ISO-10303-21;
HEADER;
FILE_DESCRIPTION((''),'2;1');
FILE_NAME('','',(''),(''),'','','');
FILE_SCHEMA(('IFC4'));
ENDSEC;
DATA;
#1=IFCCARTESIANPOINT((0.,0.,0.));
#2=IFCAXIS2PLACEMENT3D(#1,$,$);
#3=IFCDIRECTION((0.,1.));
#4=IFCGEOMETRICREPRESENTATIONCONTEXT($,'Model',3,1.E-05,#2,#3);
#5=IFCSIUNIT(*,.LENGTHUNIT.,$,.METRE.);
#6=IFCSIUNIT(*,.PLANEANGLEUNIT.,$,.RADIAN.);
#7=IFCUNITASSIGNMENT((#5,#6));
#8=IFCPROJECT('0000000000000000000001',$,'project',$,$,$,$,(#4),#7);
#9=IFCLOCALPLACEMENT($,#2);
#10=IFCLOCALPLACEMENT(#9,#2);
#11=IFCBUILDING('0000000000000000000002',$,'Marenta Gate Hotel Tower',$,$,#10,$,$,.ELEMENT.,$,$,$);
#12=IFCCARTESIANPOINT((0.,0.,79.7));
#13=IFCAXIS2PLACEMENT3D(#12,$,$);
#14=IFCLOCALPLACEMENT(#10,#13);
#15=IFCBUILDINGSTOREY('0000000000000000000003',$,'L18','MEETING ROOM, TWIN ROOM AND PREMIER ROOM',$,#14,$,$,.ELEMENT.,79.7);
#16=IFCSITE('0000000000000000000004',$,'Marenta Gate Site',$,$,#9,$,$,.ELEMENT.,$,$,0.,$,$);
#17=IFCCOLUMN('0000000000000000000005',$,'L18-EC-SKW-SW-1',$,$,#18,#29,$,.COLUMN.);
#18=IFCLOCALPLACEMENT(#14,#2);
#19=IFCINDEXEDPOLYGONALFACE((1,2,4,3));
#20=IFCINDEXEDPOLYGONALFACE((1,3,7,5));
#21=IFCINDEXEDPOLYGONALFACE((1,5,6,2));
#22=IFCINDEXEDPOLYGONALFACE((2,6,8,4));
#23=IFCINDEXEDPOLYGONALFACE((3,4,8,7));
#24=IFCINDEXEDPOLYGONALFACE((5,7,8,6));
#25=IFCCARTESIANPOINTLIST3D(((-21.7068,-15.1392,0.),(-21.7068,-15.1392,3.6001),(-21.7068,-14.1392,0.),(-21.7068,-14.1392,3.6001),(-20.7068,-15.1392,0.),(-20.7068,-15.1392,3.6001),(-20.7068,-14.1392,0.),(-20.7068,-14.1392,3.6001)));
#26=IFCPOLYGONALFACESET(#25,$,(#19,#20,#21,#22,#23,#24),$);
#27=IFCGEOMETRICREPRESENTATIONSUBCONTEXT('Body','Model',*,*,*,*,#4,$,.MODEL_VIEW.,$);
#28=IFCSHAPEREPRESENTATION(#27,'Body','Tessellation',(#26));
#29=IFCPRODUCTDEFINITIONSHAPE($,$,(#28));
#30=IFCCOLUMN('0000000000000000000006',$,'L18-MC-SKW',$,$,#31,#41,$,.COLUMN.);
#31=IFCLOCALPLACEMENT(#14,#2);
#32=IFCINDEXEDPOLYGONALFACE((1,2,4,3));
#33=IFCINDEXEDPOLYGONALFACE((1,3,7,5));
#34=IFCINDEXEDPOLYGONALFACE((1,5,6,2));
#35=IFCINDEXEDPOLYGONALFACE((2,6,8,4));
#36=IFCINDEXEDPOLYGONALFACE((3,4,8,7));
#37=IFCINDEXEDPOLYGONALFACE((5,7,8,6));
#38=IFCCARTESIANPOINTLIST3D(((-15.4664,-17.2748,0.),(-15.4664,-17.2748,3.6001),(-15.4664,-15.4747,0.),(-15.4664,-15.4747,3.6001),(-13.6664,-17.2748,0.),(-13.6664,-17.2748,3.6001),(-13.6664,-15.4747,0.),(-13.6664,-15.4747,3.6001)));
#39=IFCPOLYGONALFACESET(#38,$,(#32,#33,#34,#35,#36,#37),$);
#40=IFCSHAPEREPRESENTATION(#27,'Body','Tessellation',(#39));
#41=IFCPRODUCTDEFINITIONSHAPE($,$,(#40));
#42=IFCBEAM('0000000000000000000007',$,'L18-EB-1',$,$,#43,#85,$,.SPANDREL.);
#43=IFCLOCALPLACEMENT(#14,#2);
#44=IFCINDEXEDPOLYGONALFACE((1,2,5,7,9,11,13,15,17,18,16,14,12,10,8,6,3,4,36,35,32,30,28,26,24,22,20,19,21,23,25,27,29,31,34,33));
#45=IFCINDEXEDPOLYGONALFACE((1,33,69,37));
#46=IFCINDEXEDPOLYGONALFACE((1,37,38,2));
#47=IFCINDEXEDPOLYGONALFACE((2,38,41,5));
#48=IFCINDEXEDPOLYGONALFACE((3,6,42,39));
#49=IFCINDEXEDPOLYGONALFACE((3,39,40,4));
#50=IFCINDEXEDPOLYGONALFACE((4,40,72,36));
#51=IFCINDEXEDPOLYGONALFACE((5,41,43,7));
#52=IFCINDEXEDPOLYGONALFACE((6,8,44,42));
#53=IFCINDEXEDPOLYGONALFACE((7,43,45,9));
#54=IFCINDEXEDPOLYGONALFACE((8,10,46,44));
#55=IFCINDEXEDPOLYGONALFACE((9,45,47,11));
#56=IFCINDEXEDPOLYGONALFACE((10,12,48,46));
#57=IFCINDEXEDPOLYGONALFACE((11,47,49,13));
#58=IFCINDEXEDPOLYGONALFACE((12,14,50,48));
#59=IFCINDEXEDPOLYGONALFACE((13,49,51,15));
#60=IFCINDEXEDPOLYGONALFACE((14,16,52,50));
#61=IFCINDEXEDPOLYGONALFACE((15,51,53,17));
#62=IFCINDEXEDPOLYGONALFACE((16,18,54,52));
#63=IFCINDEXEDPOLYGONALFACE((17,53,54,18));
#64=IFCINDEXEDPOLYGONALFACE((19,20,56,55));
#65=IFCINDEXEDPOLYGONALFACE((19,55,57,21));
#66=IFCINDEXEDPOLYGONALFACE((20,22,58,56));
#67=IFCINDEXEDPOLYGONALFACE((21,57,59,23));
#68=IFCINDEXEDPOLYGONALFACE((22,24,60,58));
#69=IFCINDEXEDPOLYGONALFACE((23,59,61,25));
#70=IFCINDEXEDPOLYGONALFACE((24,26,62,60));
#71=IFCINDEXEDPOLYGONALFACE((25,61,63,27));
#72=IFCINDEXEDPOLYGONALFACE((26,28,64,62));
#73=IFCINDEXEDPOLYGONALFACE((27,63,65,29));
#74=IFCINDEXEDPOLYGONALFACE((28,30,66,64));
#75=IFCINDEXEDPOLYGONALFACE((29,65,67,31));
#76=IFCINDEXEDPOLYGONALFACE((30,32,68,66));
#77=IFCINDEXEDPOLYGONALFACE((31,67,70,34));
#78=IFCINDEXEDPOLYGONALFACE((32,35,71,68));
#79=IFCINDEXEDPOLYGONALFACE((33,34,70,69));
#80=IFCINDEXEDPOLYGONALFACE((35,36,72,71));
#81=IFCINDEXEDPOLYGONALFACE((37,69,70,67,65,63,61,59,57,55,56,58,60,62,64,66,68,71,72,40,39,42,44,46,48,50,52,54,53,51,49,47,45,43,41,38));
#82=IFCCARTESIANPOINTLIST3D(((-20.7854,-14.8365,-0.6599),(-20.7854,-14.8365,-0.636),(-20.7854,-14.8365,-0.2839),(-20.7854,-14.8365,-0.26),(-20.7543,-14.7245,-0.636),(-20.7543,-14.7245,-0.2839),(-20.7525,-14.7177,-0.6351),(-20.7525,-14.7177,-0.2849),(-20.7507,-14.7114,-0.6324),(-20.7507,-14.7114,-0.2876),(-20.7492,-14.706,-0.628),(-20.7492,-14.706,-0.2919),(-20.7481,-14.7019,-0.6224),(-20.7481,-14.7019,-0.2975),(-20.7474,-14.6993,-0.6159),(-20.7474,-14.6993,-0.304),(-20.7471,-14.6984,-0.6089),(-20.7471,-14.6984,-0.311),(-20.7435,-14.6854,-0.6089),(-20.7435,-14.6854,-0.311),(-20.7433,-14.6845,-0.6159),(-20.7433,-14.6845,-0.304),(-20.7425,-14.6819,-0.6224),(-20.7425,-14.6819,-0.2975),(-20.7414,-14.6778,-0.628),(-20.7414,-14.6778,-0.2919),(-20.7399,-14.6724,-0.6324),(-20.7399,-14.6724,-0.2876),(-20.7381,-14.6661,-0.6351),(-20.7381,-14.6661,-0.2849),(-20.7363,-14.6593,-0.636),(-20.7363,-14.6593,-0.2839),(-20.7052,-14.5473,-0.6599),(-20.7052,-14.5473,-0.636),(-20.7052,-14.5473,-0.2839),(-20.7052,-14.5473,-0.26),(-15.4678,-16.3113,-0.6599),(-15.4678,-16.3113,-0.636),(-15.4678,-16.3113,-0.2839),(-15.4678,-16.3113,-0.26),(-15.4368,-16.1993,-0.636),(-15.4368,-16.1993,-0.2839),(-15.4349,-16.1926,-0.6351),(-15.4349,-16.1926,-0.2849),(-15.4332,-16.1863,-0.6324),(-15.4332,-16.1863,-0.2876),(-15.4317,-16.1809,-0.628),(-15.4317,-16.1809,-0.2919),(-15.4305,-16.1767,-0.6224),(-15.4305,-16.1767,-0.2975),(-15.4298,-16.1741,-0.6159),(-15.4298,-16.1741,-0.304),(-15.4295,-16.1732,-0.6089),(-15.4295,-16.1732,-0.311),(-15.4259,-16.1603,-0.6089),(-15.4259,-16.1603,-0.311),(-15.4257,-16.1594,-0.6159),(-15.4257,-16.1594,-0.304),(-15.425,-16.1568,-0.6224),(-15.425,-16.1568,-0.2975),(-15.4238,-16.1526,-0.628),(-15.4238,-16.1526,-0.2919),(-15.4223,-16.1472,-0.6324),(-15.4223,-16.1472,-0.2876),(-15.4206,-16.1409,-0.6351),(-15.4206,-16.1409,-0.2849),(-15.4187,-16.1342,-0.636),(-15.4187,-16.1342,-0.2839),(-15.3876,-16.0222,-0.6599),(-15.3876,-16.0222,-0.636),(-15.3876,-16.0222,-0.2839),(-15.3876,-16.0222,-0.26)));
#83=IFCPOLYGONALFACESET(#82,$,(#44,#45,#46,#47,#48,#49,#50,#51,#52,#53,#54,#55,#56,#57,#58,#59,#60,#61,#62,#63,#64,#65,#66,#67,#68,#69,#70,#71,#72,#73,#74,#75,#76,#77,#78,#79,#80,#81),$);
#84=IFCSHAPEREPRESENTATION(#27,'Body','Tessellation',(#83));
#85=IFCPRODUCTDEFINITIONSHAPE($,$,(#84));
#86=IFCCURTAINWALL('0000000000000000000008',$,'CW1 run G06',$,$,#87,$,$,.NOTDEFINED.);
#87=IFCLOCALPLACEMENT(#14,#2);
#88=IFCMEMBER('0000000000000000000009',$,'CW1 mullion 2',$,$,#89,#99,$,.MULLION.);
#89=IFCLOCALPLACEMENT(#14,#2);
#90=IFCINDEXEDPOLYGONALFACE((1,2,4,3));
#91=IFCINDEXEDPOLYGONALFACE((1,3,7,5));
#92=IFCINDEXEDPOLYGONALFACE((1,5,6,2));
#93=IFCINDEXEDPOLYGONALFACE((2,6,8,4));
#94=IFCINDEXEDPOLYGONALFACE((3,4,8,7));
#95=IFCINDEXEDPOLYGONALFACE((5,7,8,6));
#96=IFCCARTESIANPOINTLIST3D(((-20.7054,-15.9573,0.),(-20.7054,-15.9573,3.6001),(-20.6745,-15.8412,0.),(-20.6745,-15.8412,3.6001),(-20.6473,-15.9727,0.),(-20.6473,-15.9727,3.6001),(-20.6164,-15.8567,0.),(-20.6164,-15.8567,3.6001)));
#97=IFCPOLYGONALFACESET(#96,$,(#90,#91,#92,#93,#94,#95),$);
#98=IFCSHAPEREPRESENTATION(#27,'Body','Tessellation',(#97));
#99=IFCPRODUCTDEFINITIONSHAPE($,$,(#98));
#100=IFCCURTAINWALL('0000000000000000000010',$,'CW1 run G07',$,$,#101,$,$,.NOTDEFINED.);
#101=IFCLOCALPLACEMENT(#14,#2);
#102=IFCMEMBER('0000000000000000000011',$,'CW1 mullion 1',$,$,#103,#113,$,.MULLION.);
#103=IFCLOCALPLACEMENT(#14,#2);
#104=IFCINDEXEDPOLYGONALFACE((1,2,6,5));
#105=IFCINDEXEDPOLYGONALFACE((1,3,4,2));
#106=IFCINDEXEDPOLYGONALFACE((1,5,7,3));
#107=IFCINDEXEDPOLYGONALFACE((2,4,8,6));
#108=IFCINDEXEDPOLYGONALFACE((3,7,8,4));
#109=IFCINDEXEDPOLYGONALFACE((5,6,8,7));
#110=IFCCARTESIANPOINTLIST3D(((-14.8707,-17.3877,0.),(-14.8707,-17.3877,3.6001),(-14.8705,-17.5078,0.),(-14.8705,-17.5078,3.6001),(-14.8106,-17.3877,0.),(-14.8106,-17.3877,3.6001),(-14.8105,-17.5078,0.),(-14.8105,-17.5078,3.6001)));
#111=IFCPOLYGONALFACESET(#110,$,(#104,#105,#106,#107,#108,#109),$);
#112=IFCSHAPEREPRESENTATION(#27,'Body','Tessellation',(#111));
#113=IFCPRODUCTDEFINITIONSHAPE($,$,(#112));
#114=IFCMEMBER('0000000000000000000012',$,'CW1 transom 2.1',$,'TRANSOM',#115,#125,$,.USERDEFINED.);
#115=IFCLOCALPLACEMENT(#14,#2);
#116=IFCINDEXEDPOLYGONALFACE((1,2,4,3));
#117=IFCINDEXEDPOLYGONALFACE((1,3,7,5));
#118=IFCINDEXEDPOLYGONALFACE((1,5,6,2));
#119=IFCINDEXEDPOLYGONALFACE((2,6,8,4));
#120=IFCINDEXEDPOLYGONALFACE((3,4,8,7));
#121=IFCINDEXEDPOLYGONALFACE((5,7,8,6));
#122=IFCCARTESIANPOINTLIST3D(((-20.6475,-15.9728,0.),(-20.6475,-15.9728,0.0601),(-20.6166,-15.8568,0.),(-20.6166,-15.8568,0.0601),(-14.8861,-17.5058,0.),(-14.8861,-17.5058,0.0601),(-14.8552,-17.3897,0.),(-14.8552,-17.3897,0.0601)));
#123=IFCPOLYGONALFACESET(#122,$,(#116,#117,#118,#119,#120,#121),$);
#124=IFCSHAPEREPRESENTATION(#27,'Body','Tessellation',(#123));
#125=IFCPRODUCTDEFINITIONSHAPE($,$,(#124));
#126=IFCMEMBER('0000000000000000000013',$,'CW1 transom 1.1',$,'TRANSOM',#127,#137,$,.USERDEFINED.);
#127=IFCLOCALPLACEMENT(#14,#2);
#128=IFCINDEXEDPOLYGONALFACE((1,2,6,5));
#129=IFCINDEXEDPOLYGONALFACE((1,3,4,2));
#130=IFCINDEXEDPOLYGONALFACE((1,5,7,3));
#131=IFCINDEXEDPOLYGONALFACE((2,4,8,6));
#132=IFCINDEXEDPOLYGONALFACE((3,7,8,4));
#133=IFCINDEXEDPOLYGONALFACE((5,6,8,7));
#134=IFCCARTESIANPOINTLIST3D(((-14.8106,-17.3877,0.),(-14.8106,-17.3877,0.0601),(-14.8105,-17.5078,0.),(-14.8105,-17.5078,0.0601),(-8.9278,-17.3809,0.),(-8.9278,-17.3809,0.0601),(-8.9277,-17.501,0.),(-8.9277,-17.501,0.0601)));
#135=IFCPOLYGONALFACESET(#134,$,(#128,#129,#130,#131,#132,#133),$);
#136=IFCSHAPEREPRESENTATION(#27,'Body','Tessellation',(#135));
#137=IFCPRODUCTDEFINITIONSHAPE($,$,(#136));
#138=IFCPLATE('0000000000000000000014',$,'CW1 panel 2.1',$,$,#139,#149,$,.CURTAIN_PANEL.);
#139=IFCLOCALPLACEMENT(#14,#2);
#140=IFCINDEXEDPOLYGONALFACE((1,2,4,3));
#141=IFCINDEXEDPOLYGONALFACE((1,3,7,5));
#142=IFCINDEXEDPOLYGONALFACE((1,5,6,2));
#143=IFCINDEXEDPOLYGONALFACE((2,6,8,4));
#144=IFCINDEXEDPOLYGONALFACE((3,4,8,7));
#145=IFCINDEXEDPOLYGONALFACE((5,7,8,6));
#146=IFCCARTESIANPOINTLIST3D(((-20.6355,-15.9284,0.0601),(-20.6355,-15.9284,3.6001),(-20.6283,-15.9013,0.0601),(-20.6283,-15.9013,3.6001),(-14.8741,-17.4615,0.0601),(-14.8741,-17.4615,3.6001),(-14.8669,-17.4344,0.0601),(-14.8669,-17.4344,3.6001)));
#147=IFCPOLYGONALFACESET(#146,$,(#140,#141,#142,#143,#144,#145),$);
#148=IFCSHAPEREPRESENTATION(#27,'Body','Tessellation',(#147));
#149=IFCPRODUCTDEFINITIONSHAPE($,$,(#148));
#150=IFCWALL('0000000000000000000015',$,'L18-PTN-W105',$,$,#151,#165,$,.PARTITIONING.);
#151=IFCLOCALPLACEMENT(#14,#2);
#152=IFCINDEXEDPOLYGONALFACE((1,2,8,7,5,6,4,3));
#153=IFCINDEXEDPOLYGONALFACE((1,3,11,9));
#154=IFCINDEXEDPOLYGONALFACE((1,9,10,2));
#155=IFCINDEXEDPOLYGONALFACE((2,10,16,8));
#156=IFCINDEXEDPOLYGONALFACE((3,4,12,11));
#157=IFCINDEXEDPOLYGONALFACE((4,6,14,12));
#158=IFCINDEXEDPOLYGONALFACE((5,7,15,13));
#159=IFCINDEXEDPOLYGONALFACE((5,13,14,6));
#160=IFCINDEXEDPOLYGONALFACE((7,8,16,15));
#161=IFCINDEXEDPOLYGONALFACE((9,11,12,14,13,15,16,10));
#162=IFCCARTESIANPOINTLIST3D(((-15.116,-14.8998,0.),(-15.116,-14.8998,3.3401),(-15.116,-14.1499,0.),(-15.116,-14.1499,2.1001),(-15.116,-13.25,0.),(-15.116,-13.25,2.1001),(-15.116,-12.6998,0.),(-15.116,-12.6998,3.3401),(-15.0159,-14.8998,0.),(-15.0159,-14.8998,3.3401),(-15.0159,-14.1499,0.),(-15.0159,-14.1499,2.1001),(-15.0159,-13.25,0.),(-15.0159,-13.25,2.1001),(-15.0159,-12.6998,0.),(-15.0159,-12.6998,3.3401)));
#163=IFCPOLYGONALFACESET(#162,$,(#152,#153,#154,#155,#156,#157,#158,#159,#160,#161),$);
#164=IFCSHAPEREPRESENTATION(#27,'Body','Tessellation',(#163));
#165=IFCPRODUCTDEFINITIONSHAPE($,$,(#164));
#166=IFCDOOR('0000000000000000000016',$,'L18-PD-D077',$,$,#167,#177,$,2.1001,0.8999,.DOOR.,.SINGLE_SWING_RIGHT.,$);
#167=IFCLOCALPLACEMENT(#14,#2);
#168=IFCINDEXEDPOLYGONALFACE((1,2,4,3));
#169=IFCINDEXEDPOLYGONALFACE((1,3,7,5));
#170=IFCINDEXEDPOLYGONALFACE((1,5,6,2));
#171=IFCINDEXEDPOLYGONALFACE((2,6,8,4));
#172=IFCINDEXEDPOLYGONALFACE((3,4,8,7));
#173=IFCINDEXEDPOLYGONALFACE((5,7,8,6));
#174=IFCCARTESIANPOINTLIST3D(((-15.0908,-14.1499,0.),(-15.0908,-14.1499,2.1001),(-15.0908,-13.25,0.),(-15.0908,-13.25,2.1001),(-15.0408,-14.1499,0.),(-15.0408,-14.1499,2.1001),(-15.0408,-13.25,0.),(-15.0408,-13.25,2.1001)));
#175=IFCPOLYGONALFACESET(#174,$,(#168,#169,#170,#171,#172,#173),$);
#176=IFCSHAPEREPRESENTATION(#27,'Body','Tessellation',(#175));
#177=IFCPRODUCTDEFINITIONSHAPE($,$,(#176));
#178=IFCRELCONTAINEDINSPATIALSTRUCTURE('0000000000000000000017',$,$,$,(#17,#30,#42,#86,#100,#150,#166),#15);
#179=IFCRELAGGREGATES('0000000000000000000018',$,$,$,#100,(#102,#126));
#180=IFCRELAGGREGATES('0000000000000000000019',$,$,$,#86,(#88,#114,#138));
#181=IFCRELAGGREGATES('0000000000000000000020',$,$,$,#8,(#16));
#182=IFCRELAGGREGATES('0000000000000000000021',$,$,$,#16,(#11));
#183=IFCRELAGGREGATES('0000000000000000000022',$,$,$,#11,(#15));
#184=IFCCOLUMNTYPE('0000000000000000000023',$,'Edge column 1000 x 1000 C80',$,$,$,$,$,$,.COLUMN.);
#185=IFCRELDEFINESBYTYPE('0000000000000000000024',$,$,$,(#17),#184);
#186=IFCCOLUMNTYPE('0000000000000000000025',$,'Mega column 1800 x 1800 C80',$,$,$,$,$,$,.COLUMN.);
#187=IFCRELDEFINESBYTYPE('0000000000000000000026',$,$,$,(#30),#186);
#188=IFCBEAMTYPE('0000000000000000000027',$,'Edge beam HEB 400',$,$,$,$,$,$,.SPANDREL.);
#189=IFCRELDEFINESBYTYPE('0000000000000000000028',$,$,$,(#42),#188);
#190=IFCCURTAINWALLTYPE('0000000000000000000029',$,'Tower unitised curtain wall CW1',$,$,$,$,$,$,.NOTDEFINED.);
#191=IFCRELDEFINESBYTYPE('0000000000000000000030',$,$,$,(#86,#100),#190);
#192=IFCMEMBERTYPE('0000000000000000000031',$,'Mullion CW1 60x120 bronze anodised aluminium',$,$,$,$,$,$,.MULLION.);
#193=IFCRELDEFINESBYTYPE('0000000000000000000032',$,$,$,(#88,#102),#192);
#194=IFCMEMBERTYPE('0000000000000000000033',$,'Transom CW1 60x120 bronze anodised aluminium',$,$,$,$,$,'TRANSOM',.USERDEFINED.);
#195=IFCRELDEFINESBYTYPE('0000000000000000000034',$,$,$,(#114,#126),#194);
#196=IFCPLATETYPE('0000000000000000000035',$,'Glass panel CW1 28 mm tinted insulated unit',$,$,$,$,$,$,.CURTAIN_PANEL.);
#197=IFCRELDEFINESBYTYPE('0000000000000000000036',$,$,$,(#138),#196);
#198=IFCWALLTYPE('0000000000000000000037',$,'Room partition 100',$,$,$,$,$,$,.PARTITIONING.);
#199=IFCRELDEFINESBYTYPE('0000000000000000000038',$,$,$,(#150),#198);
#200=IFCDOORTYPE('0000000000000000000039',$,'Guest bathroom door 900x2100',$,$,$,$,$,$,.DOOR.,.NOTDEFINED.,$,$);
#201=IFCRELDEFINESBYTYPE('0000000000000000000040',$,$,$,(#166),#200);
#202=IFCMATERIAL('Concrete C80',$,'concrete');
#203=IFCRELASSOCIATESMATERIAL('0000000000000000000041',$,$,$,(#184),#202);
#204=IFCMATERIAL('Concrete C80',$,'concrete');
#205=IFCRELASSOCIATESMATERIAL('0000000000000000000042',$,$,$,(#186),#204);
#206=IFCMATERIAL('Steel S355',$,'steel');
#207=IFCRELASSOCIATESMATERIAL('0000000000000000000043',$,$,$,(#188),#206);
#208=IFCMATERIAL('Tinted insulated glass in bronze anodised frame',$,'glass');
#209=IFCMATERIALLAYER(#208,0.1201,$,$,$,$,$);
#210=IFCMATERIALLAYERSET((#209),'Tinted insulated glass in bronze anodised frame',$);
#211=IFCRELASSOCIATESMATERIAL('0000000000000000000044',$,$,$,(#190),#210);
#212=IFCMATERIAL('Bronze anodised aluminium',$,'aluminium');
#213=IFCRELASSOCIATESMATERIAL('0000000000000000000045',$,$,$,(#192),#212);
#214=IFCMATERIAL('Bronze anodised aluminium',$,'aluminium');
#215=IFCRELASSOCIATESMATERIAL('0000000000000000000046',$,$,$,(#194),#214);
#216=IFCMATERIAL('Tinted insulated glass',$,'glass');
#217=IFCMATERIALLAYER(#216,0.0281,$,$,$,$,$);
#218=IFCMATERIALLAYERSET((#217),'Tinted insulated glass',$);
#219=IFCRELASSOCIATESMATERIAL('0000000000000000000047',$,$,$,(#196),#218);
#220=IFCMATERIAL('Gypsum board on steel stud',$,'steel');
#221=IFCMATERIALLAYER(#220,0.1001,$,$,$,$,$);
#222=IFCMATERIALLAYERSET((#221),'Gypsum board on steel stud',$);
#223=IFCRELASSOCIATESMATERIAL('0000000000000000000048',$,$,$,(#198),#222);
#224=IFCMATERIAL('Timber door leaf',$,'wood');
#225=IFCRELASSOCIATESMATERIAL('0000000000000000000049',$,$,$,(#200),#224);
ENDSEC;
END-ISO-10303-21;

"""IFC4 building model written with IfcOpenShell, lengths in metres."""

from ifc_helpers import new_model, si_unit, direction, frame, frame_2d, origin, origin_2d, place, context, subcontext, project, spatial, rectangle, i_section, extrude, material, layer, layer_set, material_profile, profile_set, type_object, element, fill, aggregate, save


model = new_model("IFC4")

# Units and contexts
model_context = context("Model", 3, precision=1e-05, world=origin(), true_north=direction((0.0, 1.0)))
body_context = subcontext(model_context, "Body", "Model", "MODEL_VIEW")
ifc_project = project(units=[si_unit("LENGTHUNIT", "METRE"), si_unit("PLANEANGLEUNIT", "RADIAN")], contexts=[model_context])

# Site, building, storey
site_placement = place(None, origin())
site = spatial("IfcSite", under=ifc_project, at=site_placement, Name="Marenta Gate Site", CompositionType="ELEMENT", RefElevation=0.0)
building_placement = place(site_placement, origin())
building = spatial("IfcBuilding", under=site, at=building_placement, Name="Marenta Gate Hotel Tower", CompositionType="ELEMENT")
storey_placement = place(building_placement, frame((0.0, 0.0, 79.7)))
storey = spatial("IfcBuildingStorey", under=building, at=storey_placement, Name="L18", Description="MEETING ROOM, TWIN ROOM AND PREMIER ROOM", CompositionType="ELEMENT", Elevation=79.7)

# Columns
ifc_material_1 = material(Name="Concrete C80", Category="concrete")
ifc_material_profile_1 = material_profile(ifc_material_1, rectangle(XDim=1.0, YDim=1.0, at=origin_2d()), Name="1000 x 1000")
ifc_profile_set_1 = profile_set([ifc_material_profile_1], Name="Concrete C80")
column_type_1 = type_object("IfcColumnType", Name="Edge column 1000 x 1000 C80", PredefinedType="COLUMN", material=ifc_profile_set_1)
column_1_placement = place(storey_placement, frame((-21.2068, -14.6392, 0.0), z_axis=(0.0, 0.0, 1.0), x_axis=(1.0, 0.0, 0.0)))
element("IfcColumn", 1, at=column_1_placement, inside=storey, type_object=column_type_1, Name="L18-EC-SKW-SW-1", PredefinedType="COLUMN", context=body_context, shape_type="SweptSolid", body=[
    extrude(rectangle(XDim=1.0, YDim=1.0, at=origin_2d()), origin(), (0.0, 0.0, 1.0), 3.6001),
])
ifc_material_2 = material(Name="Concrete C80", Category="concrete")
ifc_material_profile_2 = material_profile(ifc_material_2, rectangle(XDim=1.8, YDim=1.8, at=origin_2d()), Name="1800 x 1800")
ifc_profile_set_2 = profile_set([ifc_material_profile_2], Name="Concrete C80")
column_type_2 = type_object("IfcColumnType", Name="Mega column 1800 x 1800 C80", PredefinedType="COLUMN", material=ifc_profile_set_2)
column_2_placement = place(storey_placement, frame((-14.5664, -16.3748, 0.0), z_axis=(0.0, 0.0, 1.0), x_axis=(1.0, 0.0, 0.0)))
element("IfcColumn", 2, at=column_2_placement, inside=storey, type_object=column_type_2, Name="L18-MC-SKW", PredefinedType="COLUMN", context=body_context, shape_type="SweptSolid", body=[
    extrude(rectangle(XDim=1.8, YDim=1.8, at=origin_2d()), origin(), (0.0, 0.0, 1.0), 3.6001),
])

# Beam
ifc_material_3 = material(Name="Steel S355", Category="steel")
ifc_material_profile_3 = material_profile(ifc_material_3, i_section(OverallWidth=0.3, OverallDepth=0.3999, WebThickness=0.0134, FlangeThickness=0.0239, FilletRadius=0.0271, at=origin_2d()), Name="HEB 400")
ifc_profile_set_3 = profile_set([ifc_material_profile_3], Name="Steel S355")
beam_type = type_object("IfcBeamType", Name="Edge beam HEB 400", PredefinedType="SPANDREL", material=ifc_profile_set_3)
beam_placement = place(storey_placement, frame((-15.4277, -16.1667, -0.46), z_axis=(-0.963624, 0.267263, 0.0), x_axis=(-0.267263, -0.963624, 0.0)))
element("IfcBeam", 3, at=beam_placement, inside=storey, type_object=beam_type, Name="L18-EB-1", PredefinedType="SPANDREL", context=body_context, shape_type="SweptSolid", body=[
    extrude(i_section(OverallWidth=0.3, OverallDepth=0.3999, WebThickness=0.0134, FlangeThickness=0.0239, FilletRadius=0.0271, at=origin_2d()), origin(), (0.0, 0.0, 1.0), 5.5183),
])

# Curtain walls, members
ifc_material_4 = material(Name="Tinted insulated glass in bronze anodised frame", Category="glass")
ifc_layer_1 = layer(ifc_material_4, 0.1201)
ifc_layer_set_1 = layer_set([ifc_layer_1], Name="Tinted insulated glass in bronze anodised frame")
curtain_wall_type = type_object("IfcCurtainWallType", Name="Tower unitised curtain wall CW1", PredefinedType="NOTDEFINED", material=ifc_layer_set_1)
curtain_wall_1_placement = place(storey_placement, origin())
curtain_wall_1 = element("IfcCurtainWall", 4, at=curtain_wall_1_placement, inside=storey, type_object=curtain_wall_type, Name="CW1 run G06", PredefinedType="NOTDEFINED")
ifc_material_5 = material(Name="Bronze anodised aluminium", Category="aluminium")
ifc_material_profile_4 = material_profile(ifc_material_5, rectangle(XDim=0.1201, YDim=0.0601, at=origin_2d()), Name="Mullion CW1 60x120 bronze anodised aluminium")
ifc_profile_set_4 = profile_set([ifc_material_profile_4], Name="Bronze anodised aluminium")
member_type_1 = type_object("IfcMemberType", Name="Mullion CW1 60x120 bronze anodised aluminium", PredefinedType="MULLION", material=ifc_profile_set_4)
member_1_placement = place(storey_placement, frame((-20.6609, -15.907, 0.0), z_axis=(0.0, 0.0, 1.0), x_axis=(0.257142, 0.966374, 0.0)))
member_1 = element("IfcMember", 5, at=member_1_placement, type_object=member_type_1, Name="CW1 mullion 2", PredefinedType="MULLION", context=body_context, shape_type="SweptSolid", body=[
    extrude(rectangle(XDim=0.1201, YDim=0.0601, at=origin_2d()), origin(), (0.0, 0.0, 1.0), 3.6001),
])
curtain_wall_2_placement = place(storey_placement, origin())
curtain_wall_2 = element("IfcCurtainWall", 6, at=curtain_wall_2_placement, inside=storey, type_object=curtain_wall_type, Name="CW1 run G07", PredefinedType="NOTDEFINED")
member_2_placement = place(storey_placement, frame((-14.8406, -17.4478, 0.0), z_axis=(0.0, 0.0, 1.0), x_axis=(-0.001162, 0.999999, 0.0)))
member_2 = element("IfcMember", 7, at=member_2_placement, type_object=member_type_1, Name="CW1 mullion 1", PredefinedType="MULLION", context=body_context, shape_type="SweptSolid", body=[
    extrude(rectangle(XDim=0.1201, YDim=0.0601, at=origin_2d()), origin(), (0.0, 0.0, 1.0), 3.6001),
])

# Members
ifc_material_6 = material(Name="Bronze anodised aluminium", Category="aluminium")
ifc_material_profile_5 = material_profile(ifc_material_6, rectangle(XDim=0.1201, YDim=0.0601, at=origin_2d()), Name="Transom CW1 60x120 bronze anodised aluminium")
ifc_profile_set_5 = profile_set([ifc_material_profile_5], Name="Bronze anodised aluminium")
member_type_2 = type_object("IfcMemberType", Name="Transom CW1 60x120 bronze anodised aluminium", ElementType="TRANSOM", PredefinedType="USERDEFINED", material=ifc_profile_set_5)
member_3_placement = place(storey_placement, frame((-20.6321, -15.9148, 0.03), z_axis=(0.966378, -0.257125, 0.0), x_axis=(0.257125, 0.966378, 0.0)))
member_3 = element("IfcMember", 8, at=member_3_placement, type_object=member_type_2, Name="CW1 transom 2.1", ObjectType="TRANSOM", PredefinedType="USERDEFINED", context=body_context, shape_type="SweptSolid", body=[
    extrude(rectangle(XDim=0.1201, YDim=0.0601, at=origin_2d()), origin(), (0.0, 0.0, 1.0), 5.9619),
])
member_4_placement = place(storey_placement, frame((-14.8105, -17.4478, 0.03), z_axis=(0.999999, 0.001162, 0.0), x_axis=(-0.001162, 0.999999, 0.0)))
member_4 = element("IfcMember", 9, at=member_4_placement, type_object=member_type_2, Name="CW1 transom 1.1", ObjectType="TRANSOM", PredefinedType="USERDEFINED", context=body_context, shape_type="SweptSolid", body=[
    extrude(rectangle(XDim=0.1201, YDim=0.0601, at=origin_2d()), origin(), (0.0, 0.0, 1.0), 5.8828),
])
aggregate(curtain_wall_2, [member_2, member_4])

# Plate
ifc_material_7 = material(Name="Tinted insulated glass", Category="glass")
ifc_layer_2 = layer(ifc_material_7, 0.0281)
ifc_layer_set_2 = layer_set([ifc_layer_2], Name="Tinted insulated glass")
plate_type = type_object("IfcPlateType", Name="Glass panel CW1 28 mm tinted insulated unit", PredefinedType="CURTAIN_PANEL", material=ifc_layer_set_2)
plate_placement = place(storey_placement, frame((-17.7512, -16.6814, 0.0601), z_axis=(0.0, 0.0, 1.0), x_axis=(0.966374, -0.257142, 0.0)))
plate = element("IfcPlate", 10, at=plate_placement, type_object=plate_type, Name="CW1 panel 2.1", PredefinedType="CURTAIN_PANEL", context=body_context, shape_type="SweptSolid", body=[
    extrude(rectangle(XDim=5.9619, YDim=0.0281, at=origin_2d()), origin(), (0.0, 0.0, 1.0), 3.54),
])
aggregate(curtain_wall_1, [member_1, member_3, plate])

# Wall, opening, door
ifc_material_8 = material(Name="Gypsum board on steel stud", Category="steel")
ifc_layer_3 = layer(ifc_material_8, 0.1001)
ifc_layer_set_3 = layer_set([ifc_layer_3], Name="Gypsum board on steel stud")
wall_type_1 = type_object("IfcWallType", Name="Room partition 100", PredefinedType="PARTITIONING", material=ifc_layer_set_3)
wall_1_placement = place(storey_placement, frame((-15.0659, -14.8999, 0.0), z_axis=(0.0, 0.0, 1.0), x_axis=(0.0, 1.0, 0.0)))
wall_1 = element("IfcWall", 11, at=wall_1_placement, inside=storey, type_object=wall_type_1, Name="L18-PTN-W105", PredefinedType="PARTITIONING", context=body_context, shape_type="SweptSolid", body=[
    extrude(rectangle(XDim=2.2, YDim=0.1001, at=frame_2d((1.1001, 0.0))), origin(), (0.0, 0.0, 1.0), 3.3401),
])
opening_1_placement = place(wall_1_placement, frame((0.75, 0.0, 0.0)))
opening_1 = element("IfcOpeningElement", 12, at=opening_1_placement, cuts=wall_1, PredefinedType="OPENING", context=body_context, shape_type="SweptSolid", body=[
    extrude(rectangle(XDim=0.8999, YDim=2.1001, at=frame_2d((0.45, 1.05))), frame((0.0, 0.05, 0.0), z_axis=(0.0, -1.0, 0.0), x_axis=(1.0, 0.0, 0.0)), (0.0, 0.0, 1.0), 0.1001),
])
ifc_material_9 = material(Name="Timber door leaf", Category="wood")
door_type_1 = type_object("IfcDoorType", Name="Guest bathroom door 900x2100", OperationType="NOTDEFINED", PredefinedType="DOOR", material=ifc_material_9)
door_1_placement = place(opening_1_placement, origin())
door_1 = element("IfcDoor", 13, at=door_1_placement, inside=storey, type_object=door_type_1, Name="L18-PD-D077", OperationType="SINGLE_SWING_RIGHT", OverallHeight=2.1001, OverallWidth=0.8999, PredefinedType="DOOR", context=body_context, shape_type="SweptSolid", body=[
    extrude(rectangle(XDim=0.8999, YDim=2.1001, at=frame_2d((0.45, 1.05))), frame((0.0, 0.0249, 0.0), z_axis=(0.0, -1.0, 0.0), x_axis=(1.0, 0.0, 0.0)), (0.0, 0.0, 1.0), 0.05),
])
fill(opening_1, door_1)

save(model, "model.ifc")
